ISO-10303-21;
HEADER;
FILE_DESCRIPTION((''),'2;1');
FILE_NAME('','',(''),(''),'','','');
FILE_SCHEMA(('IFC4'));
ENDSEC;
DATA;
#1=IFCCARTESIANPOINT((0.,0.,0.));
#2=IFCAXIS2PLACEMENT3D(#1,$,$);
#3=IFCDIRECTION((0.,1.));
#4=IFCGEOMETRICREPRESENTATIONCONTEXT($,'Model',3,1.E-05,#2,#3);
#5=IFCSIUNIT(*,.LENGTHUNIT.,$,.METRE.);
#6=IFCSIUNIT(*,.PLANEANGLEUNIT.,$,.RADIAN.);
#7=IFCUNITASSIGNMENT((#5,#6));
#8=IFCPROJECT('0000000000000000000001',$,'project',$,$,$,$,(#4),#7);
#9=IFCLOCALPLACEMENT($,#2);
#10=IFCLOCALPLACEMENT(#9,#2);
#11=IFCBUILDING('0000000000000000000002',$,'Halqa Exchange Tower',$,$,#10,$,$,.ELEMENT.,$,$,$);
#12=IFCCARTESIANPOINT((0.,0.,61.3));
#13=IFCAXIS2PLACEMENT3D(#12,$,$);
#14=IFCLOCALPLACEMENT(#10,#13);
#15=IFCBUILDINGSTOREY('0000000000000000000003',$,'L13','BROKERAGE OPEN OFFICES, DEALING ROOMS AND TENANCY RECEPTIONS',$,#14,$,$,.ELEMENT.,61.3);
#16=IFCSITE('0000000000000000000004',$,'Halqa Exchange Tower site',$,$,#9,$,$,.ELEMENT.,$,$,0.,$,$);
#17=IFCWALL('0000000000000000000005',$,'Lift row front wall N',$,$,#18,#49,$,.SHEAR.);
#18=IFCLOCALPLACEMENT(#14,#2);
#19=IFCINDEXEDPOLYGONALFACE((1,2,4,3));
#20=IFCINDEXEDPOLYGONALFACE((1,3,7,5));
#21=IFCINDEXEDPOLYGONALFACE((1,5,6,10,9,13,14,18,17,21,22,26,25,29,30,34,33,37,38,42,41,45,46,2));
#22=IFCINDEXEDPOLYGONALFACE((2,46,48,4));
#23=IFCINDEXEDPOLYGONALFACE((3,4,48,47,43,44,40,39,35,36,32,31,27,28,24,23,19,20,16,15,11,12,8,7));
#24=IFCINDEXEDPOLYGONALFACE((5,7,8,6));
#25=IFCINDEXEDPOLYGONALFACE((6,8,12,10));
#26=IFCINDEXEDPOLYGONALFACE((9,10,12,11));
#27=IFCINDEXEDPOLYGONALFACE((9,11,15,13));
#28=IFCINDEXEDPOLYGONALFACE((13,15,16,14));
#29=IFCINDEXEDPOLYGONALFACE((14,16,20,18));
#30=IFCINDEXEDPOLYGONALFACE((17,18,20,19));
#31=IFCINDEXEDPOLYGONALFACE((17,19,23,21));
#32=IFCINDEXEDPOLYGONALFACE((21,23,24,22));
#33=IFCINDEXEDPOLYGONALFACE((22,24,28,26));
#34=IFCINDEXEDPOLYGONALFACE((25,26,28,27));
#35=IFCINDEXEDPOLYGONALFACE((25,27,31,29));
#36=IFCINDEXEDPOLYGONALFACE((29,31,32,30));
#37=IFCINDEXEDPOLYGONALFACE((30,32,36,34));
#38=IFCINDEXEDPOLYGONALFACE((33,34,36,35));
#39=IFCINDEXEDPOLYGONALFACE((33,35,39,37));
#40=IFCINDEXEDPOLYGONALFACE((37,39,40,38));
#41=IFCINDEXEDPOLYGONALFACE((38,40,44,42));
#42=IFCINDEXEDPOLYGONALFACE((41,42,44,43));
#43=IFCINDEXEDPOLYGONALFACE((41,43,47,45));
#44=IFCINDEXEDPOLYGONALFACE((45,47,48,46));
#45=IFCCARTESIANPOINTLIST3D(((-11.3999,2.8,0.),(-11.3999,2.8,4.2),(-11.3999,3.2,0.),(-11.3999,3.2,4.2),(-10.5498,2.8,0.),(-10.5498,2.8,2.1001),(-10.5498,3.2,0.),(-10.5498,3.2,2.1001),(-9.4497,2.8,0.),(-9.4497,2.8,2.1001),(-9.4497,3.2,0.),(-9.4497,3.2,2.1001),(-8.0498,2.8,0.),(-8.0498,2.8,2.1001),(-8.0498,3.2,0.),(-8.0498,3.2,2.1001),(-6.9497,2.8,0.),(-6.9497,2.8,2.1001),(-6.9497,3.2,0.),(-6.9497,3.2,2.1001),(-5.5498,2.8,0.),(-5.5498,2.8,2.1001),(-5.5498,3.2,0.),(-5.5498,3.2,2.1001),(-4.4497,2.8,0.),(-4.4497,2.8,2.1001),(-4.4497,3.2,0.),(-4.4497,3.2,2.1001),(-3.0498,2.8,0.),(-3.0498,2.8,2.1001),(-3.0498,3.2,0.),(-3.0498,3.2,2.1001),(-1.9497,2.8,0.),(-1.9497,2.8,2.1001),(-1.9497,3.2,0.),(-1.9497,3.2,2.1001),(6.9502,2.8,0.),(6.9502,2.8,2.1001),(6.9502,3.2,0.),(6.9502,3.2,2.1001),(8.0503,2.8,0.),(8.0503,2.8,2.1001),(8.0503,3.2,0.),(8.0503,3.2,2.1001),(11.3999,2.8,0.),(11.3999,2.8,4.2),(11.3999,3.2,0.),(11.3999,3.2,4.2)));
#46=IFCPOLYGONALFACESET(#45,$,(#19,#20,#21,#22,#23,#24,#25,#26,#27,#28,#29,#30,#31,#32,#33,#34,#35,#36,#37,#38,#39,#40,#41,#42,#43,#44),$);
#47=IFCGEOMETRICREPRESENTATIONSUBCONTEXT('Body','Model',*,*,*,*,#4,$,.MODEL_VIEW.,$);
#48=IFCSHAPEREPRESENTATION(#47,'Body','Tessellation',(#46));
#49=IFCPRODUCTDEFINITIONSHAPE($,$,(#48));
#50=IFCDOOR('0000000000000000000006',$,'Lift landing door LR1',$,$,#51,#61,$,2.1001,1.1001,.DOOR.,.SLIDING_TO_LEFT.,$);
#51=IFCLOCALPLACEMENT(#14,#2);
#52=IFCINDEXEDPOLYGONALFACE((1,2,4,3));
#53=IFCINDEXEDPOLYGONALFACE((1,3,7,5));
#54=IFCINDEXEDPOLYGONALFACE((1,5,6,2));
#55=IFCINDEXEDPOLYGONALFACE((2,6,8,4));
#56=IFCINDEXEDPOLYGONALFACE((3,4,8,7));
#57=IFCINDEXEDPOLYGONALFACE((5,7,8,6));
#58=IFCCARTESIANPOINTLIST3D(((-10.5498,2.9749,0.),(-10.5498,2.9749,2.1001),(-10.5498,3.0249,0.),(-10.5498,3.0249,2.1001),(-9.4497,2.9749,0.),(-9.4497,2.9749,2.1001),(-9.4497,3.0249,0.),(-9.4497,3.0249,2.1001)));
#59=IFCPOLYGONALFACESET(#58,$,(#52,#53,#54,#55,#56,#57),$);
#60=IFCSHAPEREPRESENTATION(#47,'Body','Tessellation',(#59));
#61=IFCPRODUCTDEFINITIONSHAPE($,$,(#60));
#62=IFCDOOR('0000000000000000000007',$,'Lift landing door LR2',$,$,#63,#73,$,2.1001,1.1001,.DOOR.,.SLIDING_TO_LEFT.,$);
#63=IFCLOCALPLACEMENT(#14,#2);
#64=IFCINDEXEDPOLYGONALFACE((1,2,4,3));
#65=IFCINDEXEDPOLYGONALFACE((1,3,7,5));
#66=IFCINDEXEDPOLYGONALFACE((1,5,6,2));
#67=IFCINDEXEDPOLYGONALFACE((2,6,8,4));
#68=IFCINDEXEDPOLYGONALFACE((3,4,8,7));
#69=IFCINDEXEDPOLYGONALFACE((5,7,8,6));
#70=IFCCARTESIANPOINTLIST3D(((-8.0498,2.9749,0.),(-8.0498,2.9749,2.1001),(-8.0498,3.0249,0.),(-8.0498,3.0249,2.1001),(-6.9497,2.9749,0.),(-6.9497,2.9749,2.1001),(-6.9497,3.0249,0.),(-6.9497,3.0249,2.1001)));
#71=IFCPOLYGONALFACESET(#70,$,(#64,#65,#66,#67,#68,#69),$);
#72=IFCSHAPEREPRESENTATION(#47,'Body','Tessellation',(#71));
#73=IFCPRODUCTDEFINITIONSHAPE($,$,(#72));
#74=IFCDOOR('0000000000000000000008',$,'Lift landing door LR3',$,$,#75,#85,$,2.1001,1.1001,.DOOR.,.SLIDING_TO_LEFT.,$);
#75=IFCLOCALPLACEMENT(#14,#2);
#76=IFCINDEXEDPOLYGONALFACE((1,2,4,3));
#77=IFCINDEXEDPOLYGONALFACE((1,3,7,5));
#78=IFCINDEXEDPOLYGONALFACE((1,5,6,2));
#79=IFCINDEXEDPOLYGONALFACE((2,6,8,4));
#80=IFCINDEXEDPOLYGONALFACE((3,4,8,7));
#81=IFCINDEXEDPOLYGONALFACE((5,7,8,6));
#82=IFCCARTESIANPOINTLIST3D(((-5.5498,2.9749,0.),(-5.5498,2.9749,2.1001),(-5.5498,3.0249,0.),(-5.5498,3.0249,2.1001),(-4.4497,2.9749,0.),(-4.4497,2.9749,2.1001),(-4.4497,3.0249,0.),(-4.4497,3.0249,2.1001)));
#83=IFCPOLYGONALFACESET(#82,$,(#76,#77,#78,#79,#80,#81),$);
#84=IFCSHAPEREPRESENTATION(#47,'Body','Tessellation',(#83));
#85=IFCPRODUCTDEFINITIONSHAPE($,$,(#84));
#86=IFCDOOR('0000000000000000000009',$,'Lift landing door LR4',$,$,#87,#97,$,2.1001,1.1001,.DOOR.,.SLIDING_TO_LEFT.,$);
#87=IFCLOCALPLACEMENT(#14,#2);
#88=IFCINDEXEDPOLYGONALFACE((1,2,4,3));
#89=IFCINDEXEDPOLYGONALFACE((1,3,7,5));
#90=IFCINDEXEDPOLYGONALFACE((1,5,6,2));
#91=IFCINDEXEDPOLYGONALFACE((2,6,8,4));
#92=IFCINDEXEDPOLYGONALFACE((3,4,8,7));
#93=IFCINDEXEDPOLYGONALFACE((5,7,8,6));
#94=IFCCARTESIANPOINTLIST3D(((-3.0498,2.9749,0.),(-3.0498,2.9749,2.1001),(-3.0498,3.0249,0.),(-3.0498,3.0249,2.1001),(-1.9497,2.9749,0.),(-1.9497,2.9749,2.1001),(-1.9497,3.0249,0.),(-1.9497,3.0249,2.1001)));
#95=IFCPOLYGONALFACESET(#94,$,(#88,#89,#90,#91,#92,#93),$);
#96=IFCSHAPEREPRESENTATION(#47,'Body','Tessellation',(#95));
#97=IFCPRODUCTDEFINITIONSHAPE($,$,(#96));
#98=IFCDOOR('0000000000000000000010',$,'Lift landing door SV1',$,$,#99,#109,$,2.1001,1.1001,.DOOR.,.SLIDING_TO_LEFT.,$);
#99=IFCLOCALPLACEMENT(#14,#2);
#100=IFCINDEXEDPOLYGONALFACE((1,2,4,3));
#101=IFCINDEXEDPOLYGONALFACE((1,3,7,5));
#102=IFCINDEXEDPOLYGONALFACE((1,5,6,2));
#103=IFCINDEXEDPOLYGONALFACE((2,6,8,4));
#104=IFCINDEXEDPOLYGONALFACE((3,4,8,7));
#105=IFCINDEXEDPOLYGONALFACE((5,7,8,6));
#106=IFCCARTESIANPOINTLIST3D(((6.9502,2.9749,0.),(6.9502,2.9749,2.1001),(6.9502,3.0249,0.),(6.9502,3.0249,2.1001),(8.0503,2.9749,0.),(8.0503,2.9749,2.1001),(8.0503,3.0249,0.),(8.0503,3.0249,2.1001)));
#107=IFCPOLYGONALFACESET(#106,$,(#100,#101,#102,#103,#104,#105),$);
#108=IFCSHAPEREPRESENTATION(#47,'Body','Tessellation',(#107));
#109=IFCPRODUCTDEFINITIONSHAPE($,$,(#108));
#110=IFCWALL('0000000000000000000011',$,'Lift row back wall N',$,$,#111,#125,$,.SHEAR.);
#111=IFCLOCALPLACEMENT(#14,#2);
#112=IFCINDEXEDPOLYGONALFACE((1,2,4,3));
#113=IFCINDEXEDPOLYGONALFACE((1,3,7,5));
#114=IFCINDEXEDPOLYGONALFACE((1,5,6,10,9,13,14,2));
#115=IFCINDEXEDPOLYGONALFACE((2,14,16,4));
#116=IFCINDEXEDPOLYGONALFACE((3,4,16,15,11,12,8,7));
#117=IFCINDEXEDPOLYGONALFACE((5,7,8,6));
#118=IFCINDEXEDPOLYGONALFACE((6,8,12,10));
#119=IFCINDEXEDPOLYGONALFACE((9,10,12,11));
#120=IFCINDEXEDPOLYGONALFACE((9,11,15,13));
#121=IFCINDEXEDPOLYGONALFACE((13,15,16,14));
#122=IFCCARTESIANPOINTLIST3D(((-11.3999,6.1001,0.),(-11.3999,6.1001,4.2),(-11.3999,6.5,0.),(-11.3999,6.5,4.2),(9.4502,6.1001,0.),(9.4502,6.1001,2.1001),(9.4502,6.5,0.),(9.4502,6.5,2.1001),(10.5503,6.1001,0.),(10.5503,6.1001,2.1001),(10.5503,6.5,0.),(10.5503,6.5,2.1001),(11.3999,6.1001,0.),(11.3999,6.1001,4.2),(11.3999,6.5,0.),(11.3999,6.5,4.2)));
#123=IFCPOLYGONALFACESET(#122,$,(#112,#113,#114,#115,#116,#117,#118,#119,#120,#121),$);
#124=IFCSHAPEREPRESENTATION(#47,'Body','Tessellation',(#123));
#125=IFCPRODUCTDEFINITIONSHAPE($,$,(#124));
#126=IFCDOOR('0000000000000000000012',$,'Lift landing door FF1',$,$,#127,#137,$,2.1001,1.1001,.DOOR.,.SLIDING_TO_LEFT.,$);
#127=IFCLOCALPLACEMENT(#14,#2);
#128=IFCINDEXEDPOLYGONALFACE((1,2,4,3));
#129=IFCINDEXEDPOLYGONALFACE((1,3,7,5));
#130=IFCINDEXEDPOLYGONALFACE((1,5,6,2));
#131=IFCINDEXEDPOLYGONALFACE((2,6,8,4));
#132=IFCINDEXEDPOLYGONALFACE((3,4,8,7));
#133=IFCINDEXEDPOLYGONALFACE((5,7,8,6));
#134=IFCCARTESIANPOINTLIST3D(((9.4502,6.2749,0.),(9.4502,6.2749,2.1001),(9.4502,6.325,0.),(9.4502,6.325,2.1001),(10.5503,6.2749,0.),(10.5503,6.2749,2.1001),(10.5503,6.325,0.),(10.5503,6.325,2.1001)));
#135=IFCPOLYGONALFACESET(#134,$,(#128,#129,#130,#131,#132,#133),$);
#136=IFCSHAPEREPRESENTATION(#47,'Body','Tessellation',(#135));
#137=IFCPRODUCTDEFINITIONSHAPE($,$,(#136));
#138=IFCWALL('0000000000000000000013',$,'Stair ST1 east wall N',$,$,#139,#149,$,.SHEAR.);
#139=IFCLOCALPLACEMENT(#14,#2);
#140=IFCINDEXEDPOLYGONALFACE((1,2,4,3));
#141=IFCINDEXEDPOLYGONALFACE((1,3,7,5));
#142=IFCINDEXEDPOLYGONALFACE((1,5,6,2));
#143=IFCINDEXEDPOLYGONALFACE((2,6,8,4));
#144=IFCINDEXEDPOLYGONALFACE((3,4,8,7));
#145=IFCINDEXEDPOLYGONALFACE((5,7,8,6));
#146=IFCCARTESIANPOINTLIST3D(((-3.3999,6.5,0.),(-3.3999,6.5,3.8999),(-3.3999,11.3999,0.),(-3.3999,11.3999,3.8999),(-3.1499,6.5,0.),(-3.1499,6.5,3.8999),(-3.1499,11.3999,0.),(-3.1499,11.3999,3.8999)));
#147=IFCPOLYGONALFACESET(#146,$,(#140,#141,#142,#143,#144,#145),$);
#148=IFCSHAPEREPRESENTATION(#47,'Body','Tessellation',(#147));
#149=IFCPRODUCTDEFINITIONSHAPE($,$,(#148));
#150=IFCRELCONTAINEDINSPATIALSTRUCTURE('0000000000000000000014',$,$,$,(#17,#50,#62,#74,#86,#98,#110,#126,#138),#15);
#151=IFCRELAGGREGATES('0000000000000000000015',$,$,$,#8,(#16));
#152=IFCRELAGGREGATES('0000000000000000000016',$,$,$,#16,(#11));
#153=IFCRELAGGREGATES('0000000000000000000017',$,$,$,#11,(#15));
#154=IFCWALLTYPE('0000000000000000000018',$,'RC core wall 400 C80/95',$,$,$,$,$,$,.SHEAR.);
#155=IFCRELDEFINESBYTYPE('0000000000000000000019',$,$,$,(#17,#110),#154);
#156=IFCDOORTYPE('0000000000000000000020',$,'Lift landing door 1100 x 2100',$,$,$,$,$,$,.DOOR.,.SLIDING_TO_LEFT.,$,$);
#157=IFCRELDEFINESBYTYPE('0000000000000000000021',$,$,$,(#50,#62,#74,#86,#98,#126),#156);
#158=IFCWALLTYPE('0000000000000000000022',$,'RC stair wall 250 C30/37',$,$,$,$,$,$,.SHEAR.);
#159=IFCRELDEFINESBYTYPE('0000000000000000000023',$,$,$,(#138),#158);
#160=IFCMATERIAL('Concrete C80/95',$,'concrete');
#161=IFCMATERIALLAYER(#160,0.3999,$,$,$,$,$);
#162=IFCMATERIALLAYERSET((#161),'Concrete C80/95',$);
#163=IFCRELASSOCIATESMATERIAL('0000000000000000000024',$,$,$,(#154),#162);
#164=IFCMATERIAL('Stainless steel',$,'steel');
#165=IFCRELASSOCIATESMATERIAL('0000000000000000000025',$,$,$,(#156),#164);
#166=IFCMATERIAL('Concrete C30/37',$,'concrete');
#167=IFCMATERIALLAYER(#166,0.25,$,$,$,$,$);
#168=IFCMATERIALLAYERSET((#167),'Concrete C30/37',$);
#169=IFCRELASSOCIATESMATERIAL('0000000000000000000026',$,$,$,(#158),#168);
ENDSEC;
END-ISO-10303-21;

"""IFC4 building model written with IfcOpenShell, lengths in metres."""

from ifc_helpers import new_model, si_unit, direction, frame, frame_2d, origin, place, context, subcontext, project, spatial, rectangle, extrude, material, layer, layer_set, type_object, element, fill, save


model = new_model("IFC4")

# Units and contexts
model_context = context("Model", 3, precision=1e-05, world=origin(), true_north=direction((0.0, 1.0)))
body_context = subcontext(model_context, "Body", "Model", "MODEL_VIEW")
ifc_project = project(units=[si_unit("LENGTHUNIT", "METRE"), si_unit("PLANEANGLEUNIT", "RADIAN")], contexts=[model_context])

# Site, building, storey
site_placement = place(None, origin())
site = spatial("IfcSite", under=ifc_project, at=site_placement, Name="Halqa Exchange Tower site", CompositionType="ELEMENT", RefElevation=0.0)
building_placement = place(site_placement, origin())
building = spatial("IfcBuilding", under=site, at=building_placement, Name="Halqa Exchange Tower", CompositionType="ELEMENT")
storey_placement = place(building_placement, frame((0.0, 0.0, 61.3)))
storey = spatial("IfcBuildingStorey", under=building, at=storey_placement, Name="L13", Description="BROKERAGE OPEN OFFICES, DEALING ROOMS AND TENANCY RECEPTIONS", CompositionType="ELEMENT", Elevation=61.3)

# Wall, openings, doors
ifc_material_1 = material(Name="Concrete C80/95", Category="concrete")
ifc_layer_1 = layer(ifc_material_1, 0.3999)
ifc_layer_set_1 = layer_set([ifc_layer_1], Name="Concrete C80/95")
wall_type_1 = type_object("IfcWallType", Name="RC core wall 400 C80/95", PredefinedType="SHEAR", material=ifc_layer_set_1)
wall_1_placement = place(storey_placement, frame((-11.3999, 3.0, 0.0), z_axis=(0.0, 0.0, 1.0), x_axis=(1.0, 0.0, 0.0)))
wall_1 = element("IfcWall", 1, at=wall_1_placement, inside=storey, type_object=wall_type_1, Name="Lift row front wall N", PredefinedType="SHEAR", context=body_context, shape_type="SweptSolid", body=[
    extrude(rectangle(XDim=22.7998, YDim=0.3999, at=frame_2d((11.3999, 0.0))), origin(), (0.0, 0.0, 1.0), 4.2),
])
opening_1_placement = place(wall_1_placement, frame((0.8501, 0.0, 0.0)))
opening_1 = element("IfcOpeningElement", 2, at=opening_1_placement, cuts=wall_1, PredefinedType="OPENING", context=body_context, shape_type="SweptSolid", body=[
    extrude(rectangle(XDim=1.1001, YDim=2.1001, at=frame_2d((0.55, 1.05))), frame((0.0, 0.2119, 0.0), z_axis=(0.0, -1.0, 0.0), x_axis=(1.0, 0.0, 0.0)), (0.0, 0.0, 1.0), 0.4238),
])
opening_2_placement = place(wall_1_placement, frame((3.3501, 0.0, 0.0)))
opening_2 = element("IfcOpeningElement", 3, at=opening_2_placement, cuts=wall_1, PredefinedType="OPENING", context=body_context, shape_type="SweptSolid", body=[
    extrude(rectangle(XDim=1.1001, YDim=2.1001, at=frame_2d((0.55, 1.05))), frame((0.0, 0.2119, 0.0), z_axis=(0.0, -1.0, 0.0), x_axis=(1.0, 0.0, 0.0)), (0.0, 0.0, 1.0), 0.4238),
])
opening_3_placement = place(wall_1_placement, frame((5.8501, 0.0, 0.0)))
opening_3 = element("IfcOpeningElement", 4, at=opening_3_placement, cuts=wall_1, PredefinedType="OPENING", context=body_context, shape_type="SweptSolid", body=[
    extrude(rectangle(XDim=1.1001, YDim=2.1001, at=frame_2d((0.55, 1.05))), frame((0.0, 0.2119, 0.0), z_axis=(0.0, -1.0, 0.0), x_axis=(1.0, 0.0, 0.0)), (0.0, 0.0, 1.0), 0.4238),
])
opening_4_placement = place(wall_1_placement, frame((8.3501, 0.0, 0.0)))
opening_4 = element("IfcOpeningElement", 5, at=opening_4_placement, cuts=wall_1, PredefinedType="OPENING", context=body_context, shape_type="SweptSolid", body=[
    extrude(rectangle(XDim=1.1001, YDim=2.1001, at=frame_2d((0.55, 1.05))), frame((0.0, 0.2119, 0.0), z_axis=(0.0, -1.0, 0.0), x_axis=(1.0, 0.0, 0.0)), (0.0, 0.0, 1.0), 0.4238),
])
opening_5_placement = place(wall_1_placement, frame((18.3501, 0.0, 0.0)))
opening_5 = element("IfcOpeningElement", 6, at=opening_5_placement, cuts=wall_1, PredefinedType="OPENING", context=body_context, shape_type="SweptSolid", body=[
    extrude(rectangle(XDim=1.1001, YDim=2.1001, at=frame_2d((0.55, 1.05))), frame((0.0, 0.2119, 0.0), z_axis=(0.0, -1.0, 0.0), x_axis=(1.0, 0.0, 0.0)), (0.0, 0.0, 1.0), 0.4238),
])
ifc_material_2 = material(Name="Stainless steel", Category="steel")
door_type = type_object("IfcDoorType", Name="Lift landing door 1100 x 2100", OperationType="SLIDING_TO_LEFT", PredefinedType="DOOR", material=ifc_material_2)
door_1_placement = place(opening_1_placement, origin())
door_1 = element("IfcDoor", 7, at=door_1_placement, inside=storey, type_object=door_type, Name="Lift landing door LR1", OperationType="SLIDING_TO_LEFT", OverallHeight=2.1001, OverallWidth=1.1001, PredefinedType="DOOR", context=body_context, shape_type="SweptSolid", body=[
    extrude(rectangle(XDim=1.1001, YDim=2.1001, at=frame_2d((0.55, 1.05))), frame((0.0, 0.0249, 0.0), z_axis=(0.0, -1.0, 0.0), x_axis=(1.0, 0.0, 0.0)), (0.0, 0.0, 1.0), 0.05),
])
fill(opening_1, door_1)
door_2_placement = place(opening_2_placement, origin())
door_2 = element("IfcDoor", 8, at=door_2_placement, inside=storey, type_object=door_type, Name="Lift landing door LR2", OperationType="SLIDING_TO_LEFT", OverallHeight=2.1001, OverallWidth=1.1001, PredefinedType="DOOR", context=body_context, shape_type="SweptSolid", body=[
    extrude(rectangle(XDim=1.1001, YDim=2.1001, at=frame_2d((0.55, 1.05))), frame((0.0, 0.0249, 0.0), z_axis=(0.0, -1.0, 0.0), x_axis=(1.0, 0.0, 0.0)), (0.0, 0.0, 1.0), 0.05),
])
fill(opening_2, door_2)
door_3_placement = place(opening_3_placement, origin())
door_3 = element("IfcDoor", 9, at=door_3_placement, inside=storey, type_object=door_type, Name="Lift landing door LR3", OperationType="SLIDING_TO_LEFT", OverallHeight=2.1001, OverallWidth=1.1001, PredefinedType="DOOR", context=body_context, shape_type="SweptSolid", body=[
    extrude(rectangle(XDim=1.1001, YDim=2.1001, at=frame_2d((0.55, 1.05))), frame((0.0, 0.0249, 0.0), z_axis=(0.0, -1.0, 0.0), x_axis=(1.0, 0.0, 0.0)), (0.0, 0.0, 1.0), 0.05),
])
fill(opening_3, door_3)
door_4_placement = place(opening_4_placement, origin())
door_4 = element("IfcDoor", 10, at=door_4_placement, inside=storey, type_object=door_type, Name="Lift landing door LR4", OperationType="SLIDING_TO_LEFT", OverallHeight=2.1001, OverallWidth=1.1001, PredefinedType="DOOR", context=body_context, shape_type="SweptSolid", body=[
    extrude(rectangle(XDim=1.1001, YDim=2.1001, at=frame_2d((0.55, 1.05))), frame((0.0, 0.0249, 0.0), z_axis=(0.0, -1.0, 0.0), x_axis=(1.0, 0.0, 0.0)), (0.0, 0.0, 1.0), 0.05),
])
fill(opening_4, door_4)
door_5_placement = place(opening_5_placement, origin())
door_5 = element("IfcDoor", 11, at=door_5_placement, inside=storey, type_object=door_type, Name="Lift landing door SV1", OperationType="SLIDING_TO_LEFT", OverallHeight=2.1001, OverallWidth=1.1001, PredefinedType="DOOR", context=body_context, shape_type="SweptSolid", body=[
    extrude(rectangle(XDim=1.1001, YDim=2.1001, at=frame_2d((0.55, 1.05))), frame((0.0, 0.0249, 0.0), z_axis=(0.0, -1.0, 0.0), x_axis=(1.0, 0.0, 0.0)), (0.0, 0.0, 1.0), 0.05),
])
fill(opening_5, door_5)

# Wall, opening, door
wall_2_placement = place(storey_placement, frame((-11.3999, 6.3, 0.0), z_axis=(0.0, 0.0, 1.0), x_axis=(1.0, 0.0, 0.0)))
wall_2 = element("IfcWall", 12, at=wall_2_placement, inside=storey, type_object=wall_type_1, Name="Lift row back wall N", PredefinedType="SHEAR", context=body_context, shape_type="SweptSolid", body=[
    extrude(rectangle(XDim=22.7998, YDim=0.3999, at=frame_2d((11.3999, 0.0))), origin(), (0.0, 0.0, 1.0), 4.2),
])
opening_6_placement = place(wall_2_placement, frame((20.8501, 0.0, 0.0)))
opening_6 = element("IfcOpeningElement", 13, at=opening_6_placement, cuts=wall_2, PredefinedType="OPENING", context=body_context, shape_type="SweptSolid", body=[
    extrude(rectangle(XDim=1.1001, YDim=2.1001, at=frame_2d((0.55, 1.05))), frame((0.0, 0.2119, 0.0), z_axis=(0.0, -1.0, 0.0), x_axis=(1.0, 0.0, 0.0)), (0.0, 0.0, 1.0), 0.4238),
])
door_6_placement = place(opening_6_placement, origin())
door_6 = element("IfcDoor", 14, at=door_6_placement, inside=storey, type_object=door_type, Name="Lift landing door FF1", OperationType="SLIDING_TO_LEFT", OverallHeight=2.1001, OverallWidth=1.1001, PredefinedType="DOOR", context=body_context, shape_type="SweptSolid", body=[
    extrude(rectangle(XDim=1.1001, YDim=2.1001, at=frame_2d((0.55, 1.05))), frame((0.0, 0.0249, 0.0), z_axis=(0.0, -1.0, 0.0), x_axis=(1.0, 0.0, 0.0)), (0.0, 0.0, 1.0), 0.05),
])
fill(opening_6, door_6)

# Wall
ifc_material_3 = material(Name="Concrete C30/37", Category="concrete")
ifc_layer_2 = layer(ifc_material_3, 0.25)
ifc_layer_set_2 = layer_set([ifc_layer_2], Name="Concrete C30/37")
wall_type_2 = type_object("IfcWallType", Name="RC stair wall 250 C30/37", PredefinedType="SHEAR", material=ifc_layer_set_2)
wall_3_placement = place(storey_placement, frame((-3.2749, 6.5, 0.0), z_axis=(0.0, 0.0, 1.0), x_axis=(0.0, 1.0, 0.0)))
element("IfcWall", 15, at=wall_3_placement, inside=storey, type_object=wall_type_2, Name="Stair ST1 east wall N", PredefinedType="SHEAR", context=body_context, shape_type="SweptSolid", body=[
    extrude(rectangle(XDim=4.8999, YDim=0.25, at=frame_2d((2.45, 0.0))), origin(), (0.0, 0.0, 1.0), 3.8999),
])

save(model, "model.ifc")
